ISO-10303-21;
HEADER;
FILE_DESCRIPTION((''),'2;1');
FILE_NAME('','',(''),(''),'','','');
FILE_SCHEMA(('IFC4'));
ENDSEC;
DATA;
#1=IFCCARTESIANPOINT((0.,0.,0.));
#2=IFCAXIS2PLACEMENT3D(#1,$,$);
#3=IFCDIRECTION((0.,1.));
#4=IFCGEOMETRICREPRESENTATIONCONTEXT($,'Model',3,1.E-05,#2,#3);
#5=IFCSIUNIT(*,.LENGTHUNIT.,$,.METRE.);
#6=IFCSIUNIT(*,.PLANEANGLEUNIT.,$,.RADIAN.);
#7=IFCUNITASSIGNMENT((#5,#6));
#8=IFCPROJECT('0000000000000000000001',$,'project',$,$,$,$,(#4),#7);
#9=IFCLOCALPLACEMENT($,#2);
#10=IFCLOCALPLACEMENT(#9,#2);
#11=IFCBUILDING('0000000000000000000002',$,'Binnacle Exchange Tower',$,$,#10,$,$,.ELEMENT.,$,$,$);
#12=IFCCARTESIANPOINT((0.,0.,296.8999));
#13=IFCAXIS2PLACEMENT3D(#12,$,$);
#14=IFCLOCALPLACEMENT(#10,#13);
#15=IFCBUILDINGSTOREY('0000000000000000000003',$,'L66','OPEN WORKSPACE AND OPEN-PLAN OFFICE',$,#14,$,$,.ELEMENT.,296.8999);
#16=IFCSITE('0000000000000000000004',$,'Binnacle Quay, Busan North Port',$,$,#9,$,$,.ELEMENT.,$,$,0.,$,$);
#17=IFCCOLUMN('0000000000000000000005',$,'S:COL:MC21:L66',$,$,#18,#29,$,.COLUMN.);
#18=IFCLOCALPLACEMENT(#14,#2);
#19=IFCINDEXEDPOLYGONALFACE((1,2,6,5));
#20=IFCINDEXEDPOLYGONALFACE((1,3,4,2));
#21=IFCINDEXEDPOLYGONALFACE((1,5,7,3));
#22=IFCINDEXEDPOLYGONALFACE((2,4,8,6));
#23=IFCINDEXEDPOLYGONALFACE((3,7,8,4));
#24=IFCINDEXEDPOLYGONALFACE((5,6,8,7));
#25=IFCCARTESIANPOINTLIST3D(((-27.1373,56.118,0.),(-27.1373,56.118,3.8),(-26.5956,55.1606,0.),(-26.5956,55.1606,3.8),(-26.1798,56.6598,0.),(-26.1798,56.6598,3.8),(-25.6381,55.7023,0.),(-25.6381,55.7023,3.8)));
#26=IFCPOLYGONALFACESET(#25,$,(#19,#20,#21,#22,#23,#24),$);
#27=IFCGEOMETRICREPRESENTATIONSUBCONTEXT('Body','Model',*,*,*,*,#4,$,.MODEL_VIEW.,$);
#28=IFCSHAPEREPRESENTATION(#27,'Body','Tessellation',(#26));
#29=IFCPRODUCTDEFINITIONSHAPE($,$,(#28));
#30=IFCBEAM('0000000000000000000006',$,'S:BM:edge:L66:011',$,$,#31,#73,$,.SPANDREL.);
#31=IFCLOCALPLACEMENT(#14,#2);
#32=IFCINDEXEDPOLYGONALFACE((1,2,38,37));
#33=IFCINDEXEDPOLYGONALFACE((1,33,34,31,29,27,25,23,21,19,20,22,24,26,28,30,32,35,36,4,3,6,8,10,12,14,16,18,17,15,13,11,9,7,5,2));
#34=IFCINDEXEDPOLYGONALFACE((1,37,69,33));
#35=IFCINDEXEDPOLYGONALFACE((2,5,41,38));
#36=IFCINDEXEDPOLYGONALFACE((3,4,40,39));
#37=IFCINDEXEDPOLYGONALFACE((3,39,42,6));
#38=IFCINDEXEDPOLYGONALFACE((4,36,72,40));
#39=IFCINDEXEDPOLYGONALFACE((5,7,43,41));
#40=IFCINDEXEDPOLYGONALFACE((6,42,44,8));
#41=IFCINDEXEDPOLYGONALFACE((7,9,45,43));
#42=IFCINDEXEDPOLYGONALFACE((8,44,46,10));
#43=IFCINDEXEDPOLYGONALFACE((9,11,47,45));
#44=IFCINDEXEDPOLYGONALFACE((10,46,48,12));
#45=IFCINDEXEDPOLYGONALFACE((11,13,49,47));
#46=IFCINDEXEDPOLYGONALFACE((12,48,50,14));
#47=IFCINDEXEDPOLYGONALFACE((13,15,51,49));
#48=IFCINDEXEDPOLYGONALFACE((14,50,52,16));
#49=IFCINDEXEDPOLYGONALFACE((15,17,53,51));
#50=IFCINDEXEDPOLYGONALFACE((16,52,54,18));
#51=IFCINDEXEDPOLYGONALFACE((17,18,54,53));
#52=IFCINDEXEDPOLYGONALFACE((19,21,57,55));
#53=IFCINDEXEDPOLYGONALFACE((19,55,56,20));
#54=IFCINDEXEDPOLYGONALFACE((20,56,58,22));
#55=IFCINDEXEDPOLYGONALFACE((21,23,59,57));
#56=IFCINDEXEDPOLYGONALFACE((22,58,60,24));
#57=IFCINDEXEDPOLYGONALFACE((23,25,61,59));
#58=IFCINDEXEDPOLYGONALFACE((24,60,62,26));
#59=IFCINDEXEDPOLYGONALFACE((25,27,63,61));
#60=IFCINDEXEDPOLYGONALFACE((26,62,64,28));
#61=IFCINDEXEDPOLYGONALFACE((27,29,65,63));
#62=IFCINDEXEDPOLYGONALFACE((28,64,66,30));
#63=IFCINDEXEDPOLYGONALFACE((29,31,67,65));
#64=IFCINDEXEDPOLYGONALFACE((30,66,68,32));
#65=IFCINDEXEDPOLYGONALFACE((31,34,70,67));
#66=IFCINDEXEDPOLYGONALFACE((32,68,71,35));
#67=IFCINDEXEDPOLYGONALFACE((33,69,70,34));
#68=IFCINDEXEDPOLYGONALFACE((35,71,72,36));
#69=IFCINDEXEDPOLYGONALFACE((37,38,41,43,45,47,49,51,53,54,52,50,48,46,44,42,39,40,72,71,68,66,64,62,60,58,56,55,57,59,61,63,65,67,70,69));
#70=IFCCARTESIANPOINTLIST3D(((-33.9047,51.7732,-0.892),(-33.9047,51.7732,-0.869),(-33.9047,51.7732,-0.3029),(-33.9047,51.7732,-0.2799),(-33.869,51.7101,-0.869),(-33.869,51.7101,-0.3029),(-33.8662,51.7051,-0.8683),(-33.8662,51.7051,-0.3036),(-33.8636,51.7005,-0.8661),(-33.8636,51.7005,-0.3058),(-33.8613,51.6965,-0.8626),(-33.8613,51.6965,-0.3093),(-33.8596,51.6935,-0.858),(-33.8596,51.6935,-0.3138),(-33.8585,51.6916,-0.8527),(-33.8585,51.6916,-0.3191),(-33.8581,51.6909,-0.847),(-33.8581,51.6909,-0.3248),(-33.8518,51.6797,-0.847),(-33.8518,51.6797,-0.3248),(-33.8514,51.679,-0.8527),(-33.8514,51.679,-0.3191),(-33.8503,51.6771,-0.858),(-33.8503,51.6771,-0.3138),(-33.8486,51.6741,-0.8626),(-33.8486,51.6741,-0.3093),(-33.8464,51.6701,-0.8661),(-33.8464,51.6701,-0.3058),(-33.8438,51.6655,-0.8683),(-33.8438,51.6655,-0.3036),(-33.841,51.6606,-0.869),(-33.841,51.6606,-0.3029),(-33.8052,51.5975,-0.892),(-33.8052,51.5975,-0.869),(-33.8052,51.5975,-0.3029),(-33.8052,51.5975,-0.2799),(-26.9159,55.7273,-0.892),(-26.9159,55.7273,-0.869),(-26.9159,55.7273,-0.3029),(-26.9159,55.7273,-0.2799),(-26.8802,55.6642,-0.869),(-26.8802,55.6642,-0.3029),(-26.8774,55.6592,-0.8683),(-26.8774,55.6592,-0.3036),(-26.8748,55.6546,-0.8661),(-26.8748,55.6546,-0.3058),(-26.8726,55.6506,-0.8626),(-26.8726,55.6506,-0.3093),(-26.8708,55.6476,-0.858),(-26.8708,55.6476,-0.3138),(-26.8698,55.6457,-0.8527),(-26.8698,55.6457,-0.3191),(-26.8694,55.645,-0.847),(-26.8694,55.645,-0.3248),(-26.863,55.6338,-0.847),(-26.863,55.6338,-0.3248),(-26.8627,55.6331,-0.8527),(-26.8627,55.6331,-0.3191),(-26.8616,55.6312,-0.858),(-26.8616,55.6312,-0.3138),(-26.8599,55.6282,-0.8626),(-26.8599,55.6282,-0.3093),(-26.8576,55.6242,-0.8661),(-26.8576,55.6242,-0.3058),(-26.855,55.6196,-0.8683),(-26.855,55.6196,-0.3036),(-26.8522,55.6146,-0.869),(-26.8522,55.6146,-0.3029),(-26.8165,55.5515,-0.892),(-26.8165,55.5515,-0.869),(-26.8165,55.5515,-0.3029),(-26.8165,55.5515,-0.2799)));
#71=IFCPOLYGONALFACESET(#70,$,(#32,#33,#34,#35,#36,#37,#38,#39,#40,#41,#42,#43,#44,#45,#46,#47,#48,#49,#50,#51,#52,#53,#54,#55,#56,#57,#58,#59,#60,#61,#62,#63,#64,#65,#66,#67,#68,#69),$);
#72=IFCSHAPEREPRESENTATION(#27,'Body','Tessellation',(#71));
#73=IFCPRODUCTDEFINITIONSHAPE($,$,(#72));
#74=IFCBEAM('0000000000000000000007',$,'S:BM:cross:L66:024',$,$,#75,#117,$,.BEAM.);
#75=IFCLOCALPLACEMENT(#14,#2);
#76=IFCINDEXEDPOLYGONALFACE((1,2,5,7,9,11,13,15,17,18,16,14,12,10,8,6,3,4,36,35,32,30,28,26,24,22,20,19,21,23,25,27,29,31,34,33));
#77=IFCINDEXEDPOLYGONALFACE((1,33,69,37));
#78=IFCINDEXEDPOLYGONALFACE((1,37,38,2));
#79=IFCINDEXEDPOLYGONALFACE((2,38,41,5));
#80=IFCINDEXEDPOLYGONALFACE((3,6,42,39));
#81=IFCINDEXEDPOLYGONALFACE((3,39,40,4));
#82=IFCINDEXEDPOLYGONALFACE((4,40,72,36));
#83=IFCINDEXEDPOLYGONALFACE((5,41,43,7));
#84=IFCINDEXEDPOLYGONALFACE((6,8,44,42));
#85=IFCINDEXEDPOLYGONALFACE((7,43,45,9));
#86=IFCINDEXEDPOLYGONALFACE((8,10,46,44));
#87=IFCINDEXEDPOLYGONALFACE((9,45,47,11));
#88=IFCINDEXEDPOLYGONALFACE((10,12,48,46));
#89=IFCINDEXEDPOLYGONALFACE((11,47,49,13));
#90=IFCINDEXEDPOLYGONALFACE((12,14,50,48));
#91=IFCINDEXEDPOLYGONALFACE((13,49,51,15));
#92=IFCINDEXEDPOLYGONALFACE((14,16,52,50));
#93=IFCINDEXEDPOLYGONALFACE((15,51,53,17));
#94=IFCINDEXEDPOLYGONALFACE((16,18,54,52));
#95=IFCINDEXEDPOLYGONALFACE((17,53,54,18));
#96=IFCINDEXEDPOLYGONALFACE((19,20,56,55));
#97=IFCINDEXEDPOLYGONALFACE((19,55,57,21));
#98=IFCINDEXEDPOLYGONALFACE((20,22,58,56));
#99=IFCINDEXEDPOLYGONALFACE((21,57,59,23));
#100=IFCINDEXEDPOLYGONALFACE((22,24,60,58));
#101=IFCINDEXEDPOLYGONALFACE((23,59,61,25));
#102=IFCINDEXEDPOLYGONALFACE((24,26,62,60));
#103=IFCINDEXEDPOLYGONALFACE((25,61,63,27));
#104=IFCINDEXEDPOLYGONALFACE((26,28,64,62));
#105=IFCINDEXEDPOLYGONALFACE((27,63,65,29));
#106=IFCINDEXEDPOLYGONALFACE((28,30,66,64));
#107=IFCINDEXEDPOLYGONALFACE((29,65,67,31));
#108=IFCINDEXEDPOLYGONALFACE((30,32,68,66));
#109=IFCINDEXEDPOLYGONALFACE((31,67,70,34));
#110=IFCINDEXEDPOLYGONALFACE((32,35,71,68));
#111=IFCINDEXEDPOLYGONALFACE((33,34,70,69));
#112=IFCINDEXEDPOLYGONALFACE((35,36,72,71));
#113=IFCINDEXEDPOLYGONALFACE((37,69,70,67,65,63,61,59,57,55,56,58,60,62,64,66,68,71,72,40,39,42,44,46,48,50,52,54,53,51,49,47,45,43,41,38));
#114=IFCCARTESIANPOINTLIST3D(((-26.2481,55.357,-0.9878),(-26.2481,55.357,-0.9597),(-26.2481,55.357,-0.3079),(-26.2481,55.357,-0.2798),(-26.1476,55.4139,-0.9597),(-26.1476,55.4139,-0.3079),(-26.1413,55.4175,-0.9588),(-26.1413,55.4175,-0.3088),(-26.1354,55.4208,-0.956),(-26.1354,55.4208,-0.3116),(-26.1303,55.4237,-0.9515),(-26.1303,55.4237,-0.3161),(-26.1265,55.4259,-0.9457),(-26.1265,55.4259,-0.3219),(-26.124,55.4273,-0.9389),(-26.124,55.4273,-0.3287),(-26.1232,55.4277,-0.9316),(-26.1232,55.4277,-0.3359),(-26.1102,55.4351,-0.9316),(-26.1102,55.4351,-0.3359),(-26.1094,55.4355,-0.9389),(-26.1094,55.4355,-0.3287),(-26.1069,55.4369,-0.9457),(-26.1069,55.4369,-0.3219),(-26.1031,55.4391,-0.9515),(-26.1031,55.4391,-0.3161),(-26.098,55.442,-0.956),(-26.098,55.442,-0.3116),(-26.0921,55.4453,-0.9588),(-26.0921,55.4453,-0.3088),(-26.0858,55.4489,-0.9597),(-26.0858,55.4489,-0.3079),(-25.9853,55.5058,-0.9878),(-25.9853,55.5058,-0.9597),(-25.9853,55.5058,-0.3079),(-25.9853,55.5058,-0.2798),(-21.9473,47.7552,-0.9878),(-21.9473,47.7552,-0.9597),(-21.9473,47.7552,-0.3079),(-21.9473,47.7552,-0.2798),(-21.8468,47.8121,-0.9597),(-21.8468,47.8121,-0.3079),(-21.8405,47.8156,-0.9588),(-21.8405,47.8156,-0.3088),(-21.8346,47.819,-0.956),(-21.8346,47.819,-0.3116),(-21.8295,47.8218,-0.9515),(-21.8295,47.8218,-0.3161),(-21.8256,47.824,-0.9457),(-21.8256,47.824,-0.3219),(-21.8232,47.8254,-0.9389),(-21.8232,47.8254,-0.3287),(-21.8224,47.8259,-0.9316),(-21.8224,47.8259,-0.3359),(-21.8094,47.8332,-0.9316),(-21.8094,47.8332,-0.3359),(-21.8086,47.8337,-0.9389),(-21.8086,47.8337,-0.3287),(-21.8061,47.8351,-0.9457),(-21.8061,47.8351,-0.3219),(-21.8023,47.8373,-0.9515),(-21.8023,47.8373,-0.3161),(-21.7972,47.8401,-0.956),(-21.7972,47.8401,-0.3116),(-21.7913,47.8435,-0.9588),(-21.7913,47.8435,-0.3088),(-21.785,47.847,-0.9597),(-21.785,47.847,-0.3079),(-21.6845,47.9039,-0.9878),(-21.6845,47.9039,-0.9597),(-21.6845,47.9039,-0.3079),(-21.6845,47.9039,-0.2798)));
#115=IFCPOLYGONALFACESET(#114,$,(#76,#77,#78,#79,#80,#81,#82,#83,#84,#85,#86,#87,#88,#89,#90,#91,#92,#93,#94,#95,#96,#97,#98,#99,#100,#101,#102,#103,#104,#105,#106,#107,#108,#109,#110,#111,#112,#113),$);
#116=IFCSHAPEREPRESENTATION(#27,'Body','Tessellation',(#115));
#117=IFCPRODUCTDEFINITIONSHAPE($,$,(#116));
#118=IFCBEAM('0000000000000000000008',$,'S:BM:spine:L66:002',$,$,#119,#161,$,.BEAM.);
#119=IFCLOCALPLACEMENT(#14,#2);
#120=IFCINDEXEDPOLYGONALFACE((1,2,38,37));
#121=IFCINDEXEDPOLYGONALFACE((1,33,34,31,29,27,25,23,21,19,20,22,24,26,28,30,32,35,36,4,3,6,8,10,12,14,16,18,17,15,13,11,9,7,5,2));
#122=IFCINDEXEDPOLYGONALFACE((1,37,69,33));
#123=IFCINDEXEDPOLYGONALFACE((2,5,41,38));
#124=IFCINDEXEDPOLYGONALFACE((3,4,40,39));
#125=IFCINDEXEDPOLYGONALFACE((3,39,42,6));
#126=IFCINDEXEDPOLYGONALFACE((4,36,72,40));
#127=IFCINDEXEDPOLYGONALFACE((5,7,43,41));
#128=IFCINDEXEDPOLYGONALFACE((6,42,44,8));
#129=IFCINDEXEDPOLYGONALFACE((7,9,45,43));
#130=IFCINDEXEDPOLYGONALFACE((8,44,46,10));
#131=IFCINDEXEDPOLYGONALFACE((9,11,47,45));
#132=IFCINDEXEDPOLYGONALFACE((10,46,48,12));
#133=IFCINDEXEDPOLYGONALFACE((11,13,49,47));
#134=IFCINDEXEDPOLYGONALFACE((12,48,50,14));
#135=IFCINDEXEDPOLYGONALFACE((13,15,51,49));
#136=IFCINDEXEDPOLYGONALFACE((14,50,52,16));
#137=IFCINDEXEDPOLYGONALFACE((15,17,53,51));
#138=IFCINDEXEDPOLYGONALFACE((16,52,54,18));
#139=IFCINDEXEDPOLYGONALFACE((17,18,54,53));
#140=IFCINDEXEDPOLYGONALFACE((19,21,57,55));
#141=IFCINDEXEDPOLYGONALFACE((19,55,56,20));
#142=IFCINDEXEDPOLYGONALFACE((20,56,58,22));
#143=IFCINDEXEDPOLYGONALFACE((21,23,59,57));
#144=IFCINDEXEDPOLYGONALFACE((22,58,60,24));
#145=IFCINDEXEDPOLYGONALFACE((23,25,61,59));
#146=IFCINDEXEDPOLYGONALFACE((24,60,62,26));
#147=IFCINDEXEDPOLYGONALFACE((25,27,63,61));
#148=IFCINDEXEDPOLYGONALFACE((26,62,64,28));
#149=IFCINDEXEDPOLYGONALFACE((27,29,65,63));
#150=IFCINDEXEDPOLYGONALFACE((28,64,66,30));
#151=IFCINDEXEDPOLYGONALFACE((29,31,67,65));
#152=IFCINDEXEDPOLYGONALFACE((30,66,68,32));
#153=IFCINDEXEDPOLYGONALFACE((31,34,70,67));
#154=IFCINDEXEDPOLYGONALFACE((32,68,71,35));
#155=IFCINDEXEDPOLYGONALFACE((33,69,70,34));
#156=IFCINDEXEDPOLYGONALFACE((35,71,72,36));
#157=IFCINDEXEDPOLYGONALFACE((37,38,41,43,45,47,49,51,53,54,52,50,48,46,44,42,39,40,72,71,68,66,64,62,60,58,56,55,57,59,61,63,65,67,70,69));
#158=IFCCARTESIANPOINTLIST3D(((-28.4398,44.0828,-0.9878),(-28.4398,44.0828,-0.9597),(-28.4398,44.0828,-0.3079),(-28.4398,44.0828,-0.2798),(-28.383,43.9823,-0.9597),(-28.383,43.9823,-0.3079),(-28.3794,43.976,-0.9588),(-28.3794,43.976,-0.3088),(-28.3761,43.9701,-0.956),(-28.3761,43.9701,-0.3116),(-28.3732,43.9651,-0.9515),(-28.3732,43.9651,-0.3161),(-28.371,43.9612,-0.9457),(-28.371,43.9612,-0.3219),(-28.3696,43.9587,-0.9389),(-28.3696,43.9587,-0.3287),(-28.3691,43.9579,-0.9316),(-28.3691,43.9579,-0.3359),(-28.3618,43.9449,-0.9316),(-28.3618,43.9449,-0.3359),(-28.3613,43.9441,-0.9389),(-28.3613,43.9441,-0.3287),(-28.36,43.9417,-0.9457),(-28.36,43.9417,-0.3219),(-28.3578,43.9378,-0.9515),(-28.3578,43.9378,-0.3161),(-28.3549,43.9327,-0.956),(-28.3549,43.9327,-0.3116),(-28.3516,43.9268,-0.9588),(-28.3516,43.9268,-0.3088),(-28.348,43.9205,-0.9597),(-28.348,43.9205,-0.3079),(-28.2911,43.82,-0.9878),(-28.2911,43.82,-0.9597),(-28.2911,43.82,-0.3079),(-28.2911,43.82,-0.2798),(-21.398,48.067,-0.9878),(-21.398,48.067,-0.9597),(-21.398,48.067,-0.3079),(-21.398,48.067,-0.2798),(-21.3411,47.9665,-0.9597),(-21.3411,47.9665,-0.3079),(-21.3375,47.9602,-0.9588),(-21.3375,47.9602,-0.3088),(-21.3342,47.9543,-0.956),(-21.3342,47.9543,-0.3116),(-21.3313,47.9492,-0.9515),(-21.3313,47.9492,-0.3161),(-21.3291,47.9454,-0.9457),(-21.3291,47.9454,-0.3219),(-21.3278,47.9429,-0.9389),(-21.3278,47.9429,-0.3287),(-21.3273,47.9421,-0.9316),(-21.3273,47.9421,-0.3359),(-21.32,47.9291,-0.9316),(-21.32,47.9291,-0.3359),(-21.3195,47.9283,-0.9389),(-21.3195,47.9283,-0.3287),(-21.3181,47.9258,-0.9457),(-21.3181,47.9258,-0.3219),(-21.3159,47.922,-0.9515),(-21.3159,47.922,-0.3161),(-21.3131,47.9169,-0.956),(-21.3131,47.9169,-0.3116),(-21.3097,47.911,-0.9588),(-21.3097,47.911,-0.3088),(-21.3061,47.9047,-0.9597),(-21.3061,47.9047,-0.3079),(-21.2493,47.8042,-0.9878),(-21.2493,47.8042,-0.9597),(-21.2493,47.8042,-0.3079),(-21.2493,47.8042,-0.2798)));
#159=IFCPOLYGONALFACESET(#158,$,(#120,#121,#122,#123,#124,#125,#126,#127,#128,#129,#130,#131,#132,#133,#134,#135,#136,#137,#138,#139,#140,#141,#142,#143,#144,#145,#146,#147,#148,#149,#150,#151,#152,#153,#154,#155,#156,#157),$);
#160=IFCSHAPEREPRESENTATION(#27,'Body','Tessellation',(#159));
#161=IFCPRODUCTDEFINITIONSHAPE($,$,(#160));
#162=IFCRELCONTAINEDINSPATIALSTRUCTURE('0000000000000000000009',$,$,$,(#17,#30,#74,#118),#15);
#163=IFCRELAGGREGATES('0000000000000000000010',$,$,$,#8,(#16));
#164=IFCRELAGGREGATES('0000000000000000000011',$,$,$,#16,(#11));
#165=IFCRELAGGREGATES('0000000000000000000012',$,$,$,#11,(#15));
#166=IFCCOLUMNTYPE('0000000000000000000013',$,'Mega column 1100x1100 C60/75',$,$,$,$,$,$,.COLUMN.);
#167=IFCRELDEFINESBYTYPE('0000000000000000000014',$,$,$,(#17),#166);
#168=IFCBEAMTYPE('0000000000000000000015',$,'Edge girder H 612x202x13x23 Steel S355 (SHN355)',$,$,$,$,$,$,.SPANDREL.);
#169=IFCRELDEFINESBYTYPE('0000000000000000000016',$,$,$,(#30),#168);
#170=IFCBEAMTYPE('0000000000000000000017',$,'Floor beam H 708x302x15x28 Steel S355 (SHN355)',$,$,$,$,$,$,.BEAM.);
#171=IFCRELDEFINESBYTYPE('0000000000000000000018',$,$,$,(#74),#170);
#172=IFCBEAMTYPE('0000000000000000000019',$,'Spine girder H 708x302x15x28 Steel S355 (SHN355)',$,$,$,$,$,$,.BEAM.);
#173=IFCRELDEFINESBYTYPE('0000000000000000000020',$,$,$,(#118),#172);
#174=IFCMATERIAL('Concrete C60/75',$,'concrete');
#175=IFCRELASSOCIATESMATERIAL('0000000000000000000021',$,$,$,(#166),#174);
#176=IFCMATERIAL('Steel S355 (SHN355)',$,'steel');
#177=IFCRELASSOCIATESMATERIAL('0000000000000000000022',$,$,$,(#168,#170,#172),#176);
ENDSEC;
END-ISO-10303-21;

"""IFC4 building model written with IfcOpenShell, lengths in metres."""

from ifc_helpers import new_model, si_unit, direction, frame, origin, origin_2d, place, context, subcontext, project, spatial, rectangle, i_section, extrude, material, material_profile, profile_set, type_object, element, save


model = new_model("IFC4")

# Units and contexts
model_context = context("Model", 3, precision=1e-05, world=origin(), true_north=direction((0.0, 1.0)))
body_context = subcontext(model_context, "Body", "Model", "MODEL_VIEW")
ifc_project = project(units=[si_unit("LENGTHUNIT", "METRE"), si_unit("PLANEANGLEUNIT", "RADIAN")], contexts=[model_context])

# Site, building, storey
site_placement = place(None, origin())
site = spatial("IfcSite", under=ifc_project, at=site_placement, Name="Binnacle Quay, Busan North Port", CompositionType="ELEMENT", RefElevation=0.0)
building_placement = place(site_placement, origin())
building = spatial("IfcBuilding", under=site, at=building_placement, Name="Binnacle Exchange Tower", CompositionType="ELEMENT")
storey_placement = place(building_placement, frame((0.0, 0.0, 296.8999)))
storey = spatial("IfcBuildingStorey", under=building, at=storey_placement, Name="L66", Description="OPEN WORKSPACE AND OPEN-PLAN OFFICE", CompositionType="ELEMENT", Elevation=296.8999)

# Column
ifc_material_1 = material(Name="Concrete C60/75", Category="concrete")
ifc_material_profile_1 = material_profile(ifc_material_1, rectangle(XDim=1.1001, YDim=1.1001, at=origin_2d()), Name="Mega column 1100x1100 C60/75")
ifc_profile_set_1 = profile_set([ifc_material_profile_1], Name="Concrete C60/75")
column_type = type_object("IfcColumnType", Name="Mega column 1100x1100 C60/75", PredefinedType="COLUMN", material=ifc_profile_set_1)
column_placement = place(storey_placement, frame((-26.3877, 55.9102, 0.0), z_axis=(0.0, 0.0, 1.0), x_axis=(-0.870356, -0.492424, 0.0)))
element("IfcColumn", 1, at=column_placement, inside=storey, type_object=column_type, Name="S:COL:MC21:L66", PredefinedType="COLUMN", context=body_context, shape_type="SweptSolid", body=[
    extrude(rectangle(XDim=1.1001, YDim=1.1001, at=origin_2d()), origin(), (0.0, 0.0, 1.0), 3.8),
])

# Beams
ifc_material_2 = material(Name="Steel S355 (SHN355)", Category="steel")
ifc_material_profile_2 = material_profile(ifc_material_2, i_section(OverallWidth=0.2019, OverallDepth=0.6121, WebThickness=0.0129, FlangeThickness=0.0229, FilletRadius=0.022, at=origin_2d()), Name="H 612x202x13x23")
ifc_profile_set_2 = profile_set([ifc_material_profile_2], Name="Steel S355 (SHN355)")
beam_type_1 = type_object("IfcBeamType", Name="Edge girder H 612x202x13x23 Steel S355 (SHN355)", PredefinedType="SPANDREL", material=ifc_profile_set_2)
beam_1_placement = place(storey_placement, frame((-26.8662, 55.6394, -0.5859), z_axis=(-0.870353, -0.492428, 0.0), x_axis=(0.492428, -0.870353, 0.0)))
element("IfcBeam", 2, at=beam_1_placement, inside=storey, type_object=beam_type_1, Name="S:BM:edge:L66:011", PredefinedType="SPANDREL", context=body_context, shape_type="SweptSolid", body=[
    extrude(i_section(OverallWidth=0.2019, OverallDepth=0.6121, WebThickness=0.0129, FlangeThickness=0.0229, FilletRadius=0.022, at=origin_2d()), origin(), (0.0, 0.0, 1.0), 8.0298),
])
ifc_material_profile_3 = material_profile(ifc_material_2, i_section(OverallWidth=0.302, OverallDepth=0.708, WebThickness=0.0149, FlangeThickness=0.0281, FilletRadius=0.0281, at=origin_2d()), Name="H 708x302x15x28")
ifc_profile_set_3 = profile_set([ifc_material_profile_3], Name="Steel S355 (SHN355)")
beam_type_2 = type_object("IfcBeamType", Name="Floor beam H 708x302x15x28 Steel S355 (SHN355)", PredefinedType="BEAM", material=ifc_profile_set_3)
beam_2_placement = place(storey_placement, frame((-26.1167, 55.4314, -0.6338), z_axis=(0.492414, -0.870361, 0.0), x_axis=(0.870361, 0.492414, 0.0)))
element("IfcBeam", 3, at=beam_2_placement, inside=storey, type_object=beam_type_2, Name="S:BM:cross:L66:024", PredefinedType="BEAM", context=body_context, shape_type="SweptSolid", body=[
    extrude(i_section(OverallWidth=0.302, OverallDepth=0.708, WebThickness=0.0149, FlangeThickness=0.0281, FilletRadius=0.0281, at=origin_2d()), origin(), (0.0, 0.0, 1.0), 8.7341),
])
ifc_material_profile_4 = material_profile(ifc_material_2, i_section(OverallWidth=0.302, OverallDepth=0.708, WebThickness=0.0149, FlangeThickness=0.0281, FilletRadius=0.0281, at=origin_2d()), Name="H 708x302x15x28")
ifc_profile_set_4 = profile_set([ifc_material_profile_4], Name="Steel S355 (SHN355)")
beam_type_3 = type_object("IfcBeamType", Name="Spine girder H 708x302x15x28 Steel S355 (SHN355)", PredefinedType="BEAM", material=ifc_profile_set_4)
beam_3_placement = place(storey_placement, frame((-28.3655, 43.9514, -0.6338), z_axis=(0.87035, 0.492433, 0.0), x_axis=(-0.492433, 0.87035, 0.0)))
element("IfcBeam", 4, at=beam_3_placement, inside=storey, type_object=beam_type_3, Name="S:BM:spine:L66:002", PredefinedType="BEAM", context=body_context, shape_type="SweptSolid", body=[
    extrude(i_section(OverallWidth=0.302, OverallDepth=0.708, WebThickness=0.0149, FlangeThickness=0.0281, FilletRadius=0.0281, at=origin_2d()), origin(), (0.0, 0.0, 1.0), 8.0908),
])

save(model, "model.ifc")
